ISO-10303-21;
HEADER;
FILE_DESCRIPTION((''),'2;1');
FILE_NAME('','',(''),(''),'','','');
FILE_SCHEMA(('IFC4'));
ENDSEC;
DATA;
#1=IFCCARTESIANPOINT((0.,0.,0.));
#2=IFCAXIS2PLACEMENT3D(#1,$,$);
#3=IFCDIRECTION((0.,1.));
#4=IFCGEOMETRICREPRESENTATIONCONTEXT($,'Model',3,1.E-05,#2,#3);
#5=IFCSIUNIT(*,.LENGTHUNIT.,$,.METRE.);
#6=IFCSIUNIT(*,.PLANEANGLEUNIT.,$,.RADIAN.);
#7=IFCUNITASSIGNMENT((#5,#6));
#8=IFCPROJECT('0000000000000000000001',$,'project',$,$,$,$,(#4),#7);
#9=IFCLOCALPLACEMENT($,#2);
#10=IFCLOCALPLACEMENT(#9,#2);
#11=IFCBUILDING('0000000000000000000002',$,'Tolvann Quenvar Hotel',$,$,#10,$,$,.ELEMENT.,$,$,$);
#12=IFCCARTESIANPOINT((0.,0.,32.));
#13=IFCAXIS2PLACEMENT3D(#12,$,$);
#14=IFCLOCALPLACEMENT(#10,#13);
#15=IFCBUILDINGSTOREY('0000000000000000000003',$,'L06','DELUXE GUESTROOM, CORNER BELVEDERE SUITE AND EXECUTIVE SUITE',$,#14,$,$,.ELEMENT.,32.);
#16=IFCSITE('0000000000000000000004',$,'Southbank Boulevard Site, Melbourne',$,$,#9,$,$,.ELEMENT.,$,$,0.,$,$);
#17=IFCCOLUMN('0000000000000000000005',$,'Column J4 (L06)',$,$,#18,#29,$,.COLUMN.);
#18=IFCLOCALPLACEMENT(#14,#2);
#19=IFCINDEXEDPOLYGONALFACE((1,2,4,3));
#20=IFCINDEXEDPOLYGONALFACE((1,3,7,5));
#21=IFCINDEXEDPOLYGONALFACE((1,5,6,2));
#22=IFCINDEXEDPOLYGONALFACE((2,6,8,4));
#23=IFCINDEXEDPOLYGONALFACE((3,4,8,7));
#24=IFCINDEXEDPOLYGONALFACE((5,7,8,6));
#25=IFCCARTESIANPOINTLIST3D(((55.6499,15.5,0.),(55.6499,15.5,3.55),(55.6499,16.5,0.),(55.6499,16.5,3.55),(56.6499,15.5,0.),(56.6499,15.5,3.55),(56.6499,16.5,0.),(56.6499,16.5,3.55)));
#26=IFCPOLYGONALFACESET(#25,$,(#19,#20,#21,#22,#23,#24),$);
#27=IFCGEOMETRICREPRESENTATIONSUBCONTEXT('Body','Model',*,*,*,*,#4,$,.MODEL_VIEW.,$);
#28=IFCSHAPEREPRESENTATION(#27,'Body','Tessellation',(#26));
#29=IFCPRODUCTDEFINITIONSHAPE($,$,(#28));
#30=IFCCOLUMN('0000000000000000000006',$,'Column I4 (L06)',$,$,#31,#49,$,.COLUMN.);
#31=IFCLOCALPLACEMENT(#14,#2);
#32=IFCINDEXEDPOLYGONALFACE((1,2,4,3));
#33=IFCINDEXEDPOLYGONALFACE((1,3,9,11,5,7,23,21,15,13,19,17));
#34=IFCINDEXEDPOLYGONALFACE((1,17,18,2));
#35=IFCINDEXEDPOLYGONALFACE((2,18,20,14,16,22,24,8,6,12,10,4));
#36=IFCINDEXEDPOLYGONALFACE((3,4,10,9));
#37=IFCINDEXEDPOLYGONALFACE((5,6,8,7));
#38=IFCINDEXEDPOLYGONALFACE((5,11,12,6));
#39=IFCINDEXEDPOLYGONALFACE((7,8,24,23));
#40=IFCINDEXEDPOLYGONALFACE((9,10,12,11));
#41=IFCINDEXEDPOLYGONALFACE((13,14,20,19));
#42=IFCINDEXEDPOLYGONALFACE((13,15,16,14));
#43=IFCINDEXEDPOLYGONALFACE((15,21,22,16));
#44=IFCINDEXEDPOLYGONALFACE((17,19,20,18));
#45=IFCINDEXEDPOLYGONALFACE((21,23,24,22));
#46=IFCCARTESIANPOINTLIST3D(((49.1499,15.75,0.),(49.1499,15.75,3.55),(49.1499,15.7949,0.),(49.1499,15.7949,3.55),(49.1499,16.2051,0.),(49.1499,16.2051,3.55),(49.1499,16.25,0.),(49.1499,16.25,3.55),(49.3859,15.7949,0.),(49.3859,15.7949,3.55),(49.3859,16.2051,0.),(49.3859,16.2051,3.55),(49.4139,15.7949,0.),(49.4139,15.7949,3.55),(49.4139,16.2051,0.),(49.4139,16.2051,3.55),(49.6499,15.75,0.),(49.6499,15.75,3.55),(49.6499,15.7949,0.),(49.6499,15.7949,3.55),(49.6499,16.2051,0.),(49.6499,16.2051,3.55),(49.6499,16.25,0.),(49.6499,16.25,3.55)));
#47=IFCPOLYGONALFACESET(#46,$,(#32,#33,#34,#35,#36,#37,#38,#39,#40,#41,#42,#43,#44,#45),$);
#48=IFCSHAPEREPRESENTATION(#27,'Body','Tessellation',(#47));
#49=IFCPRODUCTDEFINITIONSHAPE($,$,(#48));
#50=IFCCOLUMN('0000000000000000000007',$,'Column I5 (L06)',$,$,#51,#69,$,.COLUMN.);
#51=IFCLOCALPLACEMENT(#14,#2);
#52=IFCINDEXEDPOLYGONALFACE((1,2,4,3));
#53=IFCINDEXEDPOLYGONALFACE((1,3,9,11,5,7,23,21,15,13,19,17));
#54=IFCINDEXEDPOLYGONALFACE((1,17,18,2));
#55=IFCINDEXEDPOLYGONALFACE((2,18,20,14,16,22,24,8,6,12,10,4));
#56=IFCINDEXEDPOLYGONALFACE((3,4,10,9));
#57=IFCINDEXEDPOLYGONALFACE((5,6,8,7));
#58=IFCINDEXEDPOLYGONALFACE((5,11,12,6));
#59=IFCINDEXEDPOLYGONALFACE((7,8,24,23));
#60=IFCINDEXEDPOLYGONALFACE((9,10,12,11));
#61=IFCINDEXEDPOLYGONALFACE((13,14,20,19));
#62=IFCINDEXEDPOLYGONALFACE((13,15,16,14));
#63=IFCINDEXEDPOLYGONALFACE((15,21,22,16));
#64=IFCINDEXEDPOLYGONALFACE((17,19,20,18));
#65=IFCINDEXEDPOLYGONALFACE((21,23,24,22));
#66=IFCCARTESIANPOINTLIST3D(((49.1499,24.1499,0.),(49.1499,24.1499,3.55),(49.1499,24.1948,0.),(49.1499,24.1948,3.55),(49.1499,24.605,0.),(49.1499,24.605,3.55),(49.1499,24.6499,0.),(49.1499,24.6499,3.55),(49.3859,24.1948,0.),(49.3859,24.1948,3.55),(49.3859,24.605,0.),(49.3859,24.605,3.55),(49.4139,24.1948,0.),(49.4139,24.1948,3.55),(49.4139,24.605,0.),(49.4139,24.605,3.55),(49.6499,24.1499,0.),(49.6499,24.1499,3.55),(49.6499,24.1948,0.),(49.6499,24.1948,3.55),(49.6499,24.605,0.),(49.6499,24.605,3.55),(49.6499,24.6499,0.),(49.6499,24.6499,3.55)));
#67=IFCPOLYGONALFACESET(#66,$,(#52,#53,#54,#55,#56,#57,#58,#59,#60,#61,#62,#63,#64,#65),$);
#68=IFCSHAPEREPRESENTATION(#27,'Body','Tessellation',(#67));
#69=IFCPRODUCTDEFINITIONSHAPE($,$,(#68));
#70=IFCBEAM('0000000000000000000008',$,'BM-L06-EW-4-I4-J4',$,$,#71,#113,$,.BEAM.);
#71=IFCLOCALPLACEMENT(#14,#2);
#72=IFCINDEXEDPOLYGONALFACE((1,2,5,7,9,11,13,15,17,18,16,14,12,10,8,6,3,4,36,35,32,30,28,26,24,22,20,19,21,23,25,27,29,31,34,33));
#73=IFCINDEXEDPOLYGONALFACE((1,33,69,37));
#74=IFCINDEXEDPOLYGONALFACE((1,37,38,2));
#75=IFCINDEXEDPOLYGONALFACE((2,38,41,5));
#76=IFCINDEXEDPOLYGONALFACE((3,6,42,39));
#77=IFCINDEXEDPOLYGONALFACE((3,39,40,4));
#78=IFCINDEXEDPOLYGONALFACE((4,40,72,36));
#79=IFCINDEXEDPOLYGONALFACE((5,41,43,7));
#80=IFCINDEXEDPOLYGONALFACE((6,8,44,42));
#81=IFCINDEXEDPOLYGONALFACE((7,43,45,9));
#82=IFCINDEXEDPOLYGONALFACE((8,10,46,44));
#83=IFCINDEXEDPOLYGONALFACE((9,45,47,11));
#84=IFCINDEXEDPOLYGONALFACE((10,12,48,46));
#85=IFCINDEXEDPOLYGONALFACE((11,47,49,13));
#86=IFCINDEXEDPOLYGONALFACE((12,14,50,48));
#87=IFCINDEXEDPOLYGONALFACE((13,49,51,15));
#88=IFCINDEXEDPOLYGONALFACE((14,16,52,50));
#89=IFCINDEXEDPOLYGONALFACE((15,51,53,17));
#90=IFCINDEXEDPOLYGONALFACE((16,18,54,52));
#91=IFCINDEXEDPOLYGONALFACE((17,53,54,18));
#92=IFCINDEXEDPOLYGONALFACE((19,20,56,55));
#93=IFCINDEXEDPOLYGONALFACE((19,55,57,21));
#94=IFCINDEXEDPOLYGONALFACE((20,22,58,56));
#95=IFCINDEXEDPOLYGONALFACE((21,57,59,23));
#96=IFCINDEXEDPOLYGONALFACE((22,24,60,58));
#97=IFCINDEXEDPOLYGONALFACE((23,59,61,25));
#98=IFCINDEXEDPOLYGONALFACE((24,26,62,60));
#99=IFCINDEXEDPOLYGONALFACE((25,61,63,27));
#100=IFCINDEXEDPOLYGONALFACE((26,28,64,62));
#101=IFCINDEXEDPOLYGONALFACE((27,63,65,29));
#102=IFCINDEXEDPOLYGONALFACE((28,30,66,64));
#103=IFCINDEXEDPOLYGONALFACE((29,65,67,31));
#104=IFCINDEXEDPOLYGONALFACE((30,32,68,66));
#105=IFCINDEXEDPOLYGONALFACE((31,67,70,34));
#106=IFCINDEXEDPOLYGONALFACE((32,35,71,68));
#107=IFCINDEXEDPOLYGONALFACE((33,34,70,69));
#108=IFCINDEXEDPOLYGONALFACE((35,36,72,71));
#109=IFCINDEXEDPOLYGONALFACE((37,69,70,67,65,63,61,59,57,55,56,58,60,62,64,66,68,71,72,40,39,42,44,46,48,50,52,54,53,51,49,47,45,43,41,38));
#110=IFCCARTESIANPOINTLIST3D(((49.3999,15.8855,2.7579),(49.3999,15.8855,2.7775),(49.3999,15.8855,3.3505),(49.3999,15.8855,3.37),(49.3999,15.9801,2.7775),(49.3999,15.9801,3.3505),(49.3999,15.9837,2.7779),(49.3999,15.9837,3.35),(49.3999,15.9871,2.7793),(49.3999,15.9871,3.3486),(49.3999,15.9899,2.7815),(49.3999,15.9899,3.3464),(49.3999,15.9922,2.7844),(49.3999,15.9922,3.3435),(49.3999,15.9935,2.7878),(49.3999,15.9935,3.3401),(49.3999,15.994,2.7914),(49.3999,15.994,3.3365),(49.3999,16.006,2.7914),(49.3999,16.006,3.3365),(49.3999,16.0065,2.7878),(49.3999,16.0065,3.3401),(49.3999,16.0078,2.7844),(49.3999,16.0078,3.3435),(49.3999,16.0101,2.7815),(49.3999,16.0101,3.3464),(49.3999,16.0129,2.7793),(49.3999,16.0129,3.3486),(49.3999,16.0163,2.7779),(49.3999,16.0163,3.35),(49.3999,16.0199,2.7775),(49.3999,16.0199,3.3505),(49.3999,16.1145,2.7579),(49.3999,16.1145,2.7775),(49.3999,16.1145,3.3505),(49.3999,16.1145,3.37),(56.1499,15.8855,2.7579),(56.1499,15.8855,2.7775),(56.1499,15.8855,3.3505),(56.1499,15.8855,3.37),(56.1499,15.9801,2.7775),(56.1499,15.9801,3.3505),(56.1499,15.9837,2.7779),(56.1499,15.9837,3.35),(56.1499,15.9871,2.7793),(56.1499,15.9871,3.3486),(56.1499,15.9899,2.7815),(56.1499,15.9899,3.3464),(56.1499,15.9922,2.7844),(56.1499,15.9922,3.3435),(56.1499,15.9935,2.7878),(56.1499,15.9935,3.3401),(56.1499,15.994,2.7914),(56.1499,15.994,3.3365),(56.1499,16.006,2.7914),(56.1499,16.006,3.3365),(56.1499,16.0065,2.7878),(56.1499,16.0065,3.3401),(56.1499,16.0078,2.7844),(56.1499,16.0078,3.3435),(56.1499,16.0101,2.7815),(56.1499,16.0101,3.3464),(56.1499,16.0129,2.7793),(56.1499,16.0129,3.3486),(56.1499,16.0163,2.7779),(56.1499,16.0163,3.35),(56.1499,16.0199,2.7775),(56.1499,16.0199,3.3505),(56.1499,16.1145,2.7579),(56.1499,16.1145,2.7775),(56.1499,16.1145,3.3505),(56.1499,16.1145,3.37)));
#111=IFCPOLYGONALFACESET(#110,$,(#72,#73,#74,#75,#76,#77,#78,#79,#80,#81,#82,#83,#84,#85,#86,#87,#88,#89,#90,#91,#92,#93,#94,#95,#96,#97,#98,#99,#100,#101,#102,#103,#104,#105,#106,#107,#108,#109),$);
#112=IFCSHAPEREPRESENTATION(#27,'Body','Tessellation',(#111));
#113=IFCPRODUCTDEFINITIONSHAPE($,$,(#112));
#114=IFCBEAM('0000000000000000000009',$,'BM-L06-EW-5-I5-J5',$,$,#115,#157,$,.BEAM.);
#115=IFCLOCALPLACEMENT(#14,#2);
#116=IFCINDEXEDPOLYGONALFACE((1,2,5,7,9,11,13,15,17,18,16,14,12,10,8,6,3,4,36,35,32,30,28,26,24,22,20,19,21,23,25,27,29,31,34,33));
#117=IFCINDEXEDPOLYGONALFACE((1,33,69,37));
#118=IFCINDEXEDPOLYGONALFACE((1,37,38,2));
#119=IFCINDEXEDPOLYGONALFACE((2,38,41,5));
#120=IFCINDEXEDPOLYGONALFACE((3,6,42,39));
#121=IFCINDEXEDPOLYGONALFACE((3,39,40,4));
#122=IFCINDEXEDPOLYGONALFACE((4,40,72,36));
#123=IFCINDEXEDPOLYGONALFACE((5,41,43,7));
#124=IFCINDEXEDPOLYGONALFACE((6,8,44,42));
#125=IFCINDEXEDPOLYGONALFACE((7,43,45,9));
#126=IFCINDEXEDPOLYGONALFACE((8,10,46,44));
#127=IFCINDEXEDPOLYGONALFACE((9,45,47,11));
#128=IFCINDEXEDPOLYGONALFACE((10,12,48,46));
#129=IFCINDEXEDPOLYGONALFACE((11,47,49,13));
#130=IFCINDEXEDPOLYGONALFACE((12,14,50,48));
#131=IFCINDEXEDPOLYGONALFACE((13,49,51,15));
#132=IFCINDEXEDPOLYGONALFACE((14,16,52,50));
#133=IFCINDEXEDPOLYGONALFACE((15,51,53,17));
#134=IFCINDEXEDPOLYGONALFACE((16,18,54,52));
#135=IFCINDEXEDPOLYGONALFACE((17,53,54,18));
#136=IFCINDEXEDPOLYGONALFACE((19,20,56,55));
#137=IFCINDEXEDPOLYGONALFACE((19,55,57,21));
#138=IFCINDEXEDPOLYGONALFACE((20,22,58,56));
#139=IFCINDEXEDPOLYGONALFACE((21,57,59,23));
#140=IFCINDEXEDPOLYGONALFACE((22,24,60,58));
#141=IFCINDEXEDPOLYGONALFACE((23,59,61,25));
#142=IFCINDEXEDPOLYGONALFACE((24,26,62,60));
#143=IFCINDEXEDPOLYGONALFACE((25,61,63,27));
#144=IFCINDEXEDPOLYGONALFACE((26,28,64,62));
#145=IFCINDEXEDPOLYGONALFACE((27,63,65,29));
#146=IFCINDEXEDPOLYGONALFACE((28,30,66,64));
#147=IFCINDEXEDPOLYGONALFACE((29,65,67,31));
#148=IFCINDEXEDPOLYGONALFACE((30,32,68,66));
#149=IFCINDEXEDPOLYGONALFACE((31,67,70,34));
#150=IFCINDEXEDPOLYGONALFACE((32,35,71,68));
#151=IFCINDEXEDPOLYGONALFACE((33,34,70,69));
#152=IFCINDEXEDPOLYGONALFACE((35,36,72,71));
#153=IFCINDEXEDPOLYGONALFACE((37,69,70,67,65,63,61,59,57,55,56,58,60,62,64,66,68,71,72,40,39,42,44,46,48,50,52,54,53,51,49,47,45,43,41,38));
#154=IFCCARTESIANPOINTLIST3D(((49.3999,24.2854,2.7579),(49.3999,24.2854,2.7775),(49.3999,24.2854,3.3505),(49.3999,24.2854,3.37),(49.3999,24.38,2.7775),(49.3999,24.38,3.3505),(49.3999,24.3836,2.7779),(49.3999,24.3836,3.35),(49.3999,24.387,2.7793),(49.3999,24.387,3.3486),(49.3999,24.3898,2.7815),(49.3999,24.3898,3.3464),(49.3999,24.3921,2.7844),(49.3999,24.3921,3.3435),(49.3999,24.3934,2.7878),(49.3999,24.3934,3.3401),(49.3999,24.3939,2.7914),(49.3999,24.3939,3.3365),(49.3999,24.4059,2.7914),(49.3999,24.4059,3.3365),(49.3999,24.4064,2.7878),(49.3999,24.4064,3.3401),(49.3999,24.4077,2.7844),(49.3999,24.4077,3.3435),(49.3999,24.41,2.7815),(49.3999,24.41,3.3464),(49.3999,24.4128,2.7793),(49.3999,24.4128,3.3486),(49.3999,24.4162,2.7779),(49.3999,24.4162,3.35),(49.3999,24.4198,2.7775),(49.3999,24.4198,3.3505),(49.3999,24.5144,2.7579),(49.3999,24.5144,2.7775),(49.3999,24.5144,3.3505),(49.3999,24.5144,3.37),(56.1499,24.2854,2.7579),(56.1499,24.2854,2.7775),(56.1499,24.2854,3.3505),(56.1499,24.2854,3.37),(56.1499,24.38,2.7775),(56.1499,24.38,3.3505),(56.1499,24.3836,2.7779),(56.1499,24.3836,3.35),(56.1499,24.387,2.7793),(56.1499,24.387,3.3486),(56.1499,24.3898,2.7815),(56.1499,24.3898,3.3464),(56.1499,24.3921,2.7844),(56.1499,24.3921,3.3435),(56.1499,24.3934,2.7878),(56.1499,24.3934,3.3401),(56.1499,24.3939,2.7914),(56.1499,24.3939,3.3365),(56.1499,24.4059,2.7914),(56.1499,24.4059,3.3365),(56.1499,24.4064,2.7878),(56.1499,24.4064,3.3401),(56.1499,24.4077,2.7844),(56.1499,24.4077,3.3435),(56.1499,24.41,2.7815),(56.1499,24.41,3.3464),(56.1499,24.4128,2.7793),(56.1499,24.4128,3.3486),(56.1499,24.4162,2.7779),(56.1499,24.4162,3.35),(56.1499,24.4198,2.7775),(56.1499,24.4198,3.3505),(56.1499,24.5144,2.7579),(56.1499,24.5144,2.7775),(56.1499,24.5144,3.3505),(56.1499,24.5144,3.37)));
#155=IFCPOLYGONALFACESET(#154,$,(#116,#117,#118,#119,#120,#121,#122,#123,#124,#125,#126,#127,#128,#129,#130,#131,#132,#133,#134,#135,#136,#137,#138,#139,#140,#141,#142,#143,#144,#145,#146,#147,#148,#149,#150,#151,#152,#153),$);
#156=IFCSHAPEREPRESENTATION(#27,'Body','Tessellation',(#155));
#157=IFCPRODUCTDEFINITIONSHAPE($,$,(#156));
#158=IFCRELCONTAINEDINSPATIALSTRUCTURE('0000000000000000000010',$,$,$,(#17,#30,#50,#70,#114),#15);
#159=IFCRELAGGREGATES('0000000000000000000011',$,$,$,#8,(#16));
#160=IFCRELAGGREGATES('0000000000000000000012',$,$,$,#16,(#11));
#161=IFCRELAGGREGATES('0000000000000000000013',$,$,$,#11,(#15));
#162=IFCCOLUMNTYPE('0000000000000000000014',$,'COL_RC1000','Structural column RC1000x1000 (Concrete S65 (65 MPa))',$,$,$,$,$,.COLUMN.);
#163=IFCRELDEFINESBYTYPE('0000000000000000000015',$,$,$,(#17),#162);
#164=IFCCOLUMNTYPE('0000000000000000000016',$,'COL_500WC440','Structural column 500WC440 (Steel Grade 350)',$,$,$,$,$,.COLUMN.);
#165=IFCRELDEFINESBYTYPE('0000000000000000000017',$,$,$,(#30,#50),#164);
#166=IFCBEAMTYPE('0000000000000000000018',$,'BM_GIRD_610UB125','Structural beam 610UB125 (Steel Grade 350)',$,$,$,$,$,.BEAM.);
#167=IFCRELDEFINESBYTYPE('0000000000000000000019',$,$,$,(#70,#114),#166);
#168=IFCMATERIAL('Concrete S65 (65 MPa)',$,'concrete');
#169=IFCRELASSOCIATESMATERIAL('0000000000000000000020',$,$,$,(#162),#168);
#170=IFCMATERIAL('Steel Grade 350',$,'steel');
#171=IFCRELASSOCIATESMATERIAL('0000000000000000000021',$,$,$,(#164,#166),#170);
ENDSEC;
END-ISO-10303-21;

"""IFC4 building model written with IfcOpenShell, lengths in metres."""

from ifc_helpers import new_model, si_unit, direction, frame, origin, origin_2d, place, context, subcontext, project, spatial, rectangle, i_section, extrude, source, transform, mapped, material, material_profile, profile_set, type_object, type_shapes, element, save


model = new_model("IFC4")

# Units and contexts
model_context = context("Model", 3, precision=1e-05, world=origin(), true_north=direction((0.0, 1.0)))
body_context = subcontext(model_context, "Body", "Model", "MODEL_VIEW")
ifc_project = project(units=[si_unit("LENGTHUNIT", "METRE"), si_unit("PLANEANGLEUNIT", "RADIAN")], contexts=[model_context])

# Site, building, storey
site_placement = place(None, origin())
site = spatial("IfcSite", under=ifc_project, at=site_placement, Name="Southbank Boulevard Site, Melbourne", CompositionType="ELEMENT", RefElevation=0.0)
building_placement = place(site_placement, origin())
building = spatial("IfcBuilding", under=site, at=building_placement, Name="Tolvann Quenvar Hotel", CompositionType="ELEMENT")
storey_placement = place(building_placement, frame((0.0, 0.0, 32.0)))
storey = spatial("IfcBuildingStorey", under=building, at=storey_placement, Name="L06", Description="DELUXE GUESTROOM, CORNER BELVEDERE SUITE AND EXECUTIVE SUITE", CompositionType="ELEMENT", Elevation=32.0)

# Columns
ifc_material_1 = material(Name="Concrete S65 (65 MPa)", Category="concrete")
ifc_material_profile_1 = material_profile(ifc_material_1, rectangle(XDim=1.0, YDim=1.0, at=origin_2d()), Name="RC1000x1000")
ifc_profile_set_1 = profile_set([ifc_material_profile_1], Name="Concrete S65 (65 MPa)")
column_type_1 = type_object("IfcColumnType", Name="COL_RC1000", Description="Structural column RC1000x1000 (Concrete S65 (65 MPa))", PredefinedType="COLUMN", material=ifc_profile_set_1)
shared_shape_1 = source(origin(), body_context, "Body", "SweptSolid", [
    extrude(rectangle(XDim=1.0, YDim=1.0, at=origin_2d()), origin(), (0.0, 0.0, 1.0), 3.55),
])
type_shapes(column_type_1, [shared_shape_1])
column_placement = place(storey_placement, frame((56.1499, 16.0, 0.0), z_axis=(0.0, 0.0, 1.0), x_axis=(1.0, 0.0, 0.0)))
element("IfcColumn", 1, at=column_placement, inside=storey, type_object=column_type_1, Name="Column J4 (L06)", PredefinedType="COLUMN", context=body_context, shape_type="MappedRepresentation", body=[
    mapped(shared_shape_1, transform((0.0, 0.0, 0.0), x_axis=(1.0, 0.0, 0.0), y_axis=(0.0, 1.0, 0.0), z_axis=(0.0, 0.0, 1.0), scale=1.0)),
])
ifc_material_2 = material(Name="Steel Grade 350", Category="steel")
ifc_material_profile_2 = material_profile(ifc_material_2, i_section(OverallWidth=0.5, OverallDepth=0.5, WebThickness=0.0281, FlangeThickness=0.0449, at=origin_2d()), Name="500WC440")
ifc_profile_set_2 = profile_set([ifc_material_profile_2], Name="Steel Grade 350")
column_type_2 = type_object("IfcColumnType", Name="COL_500WC440", Description="Structural column 500WC440 (Steel Grade 350)", PredefinedType="COLUMN", material=ifc_profile_set_2)
shared_shape_2 = source(origin(), body_context, "Body", "SweptSolid", [
    extrude(i_section(OverallWidth=0.5, OverallDepth=0.5, WebThickness=0.0281, FlangeThickness=0.0449, at=origin_2d()), origin(), (0.0, 0.0, 1.0), 3.55),
])
type_shapes(column_type_2, [shared_shape_2])
for number, where, z_axis, x_axis, name in (
    (2, (49.3999, 16.0, 0.0), (0.0, 0.0, 1.0), (1.0, 0.0, 0.0), "Column I4 (L06)"),
    (3, (49.3999, 24.3999, 0.0), (0.0, 0.0, 1.0), (1.0, 0.0, 0.0), "Column I5 (L06)"),
):
    element("IfcColumn", number, at=place(storey_placement, frame(where, z_axis=z_axis, x_axis=x_axis)), inside=storey, type_object=column_type_2, Name=name, PredefinedType="COLUMN", context=body_context, shape_type="MappedRepresentation", body=[
        mapped(shared_shape_2, transform((0.0, 0.0, 0.0), x_axis=(1.0, 0.0, 0.0), y_axis=(0.0, 1.0, 0.0), z_axis=(0.0, 0.0, 1.0), scale=1.0)),
    ])

# Beams
ifc_material_profile_3 = material_profile(ifc_material_2, i_section(OverallWidth=0.229, OverallDepth=0.6121, WebThickness=0.012, FlangeThickness=0.0195, FilletRadius=0.0139, at=origin_2d()), Name="610UB125")
ifc_profile_set_3 = profile_set([ifc_material_profile_3], Name="Steel Grade 350")
beam_type_1 = type_object("IfcBeamType", Name="BM_GIRD_610UB125", Description="Structural beam 610UB125 (Steel Grade 350)", PredefinedType="BEAM", material=ifc_profile_set_3)
shared_shape_3 = source(origin(), body_context, "Body", "SweptSolid", [
    extrude(i_section(OverallWidth=0.229, OverallDepth=0.6121, WebThickness=0.012, FlangeThickness=0.0195, FilletRadius=0.0139, at=origin_2d()), origin(), (0.0, 0.0, 1.0), 6.75),
])
type_shapes(beam_type_1, [shared_shape_3])
for number, where, z_axis, x_axis, name in (
    (4, (49.3999, 16.0, 3.064), (1.0, 0.0, 0.0), (0.0, 1.0, 0.0), "BM-L06-EW-4-I4-J4"),
    (5, (49.3999, 24.3999, 3.064), (1.0, 0.0, 0.0), (0.0, 1.0, 0.0), "BM-L06-EW-5-I5-J5"),
):
    element("IfcBeam", number, at=place(storey_placement, frame(where, z_axis=z_axis, x_axis=x_axis)), inside=storey, type_object=beam_type_1, Name=name, PredefinedType="BEAM", context=body_context, shape_type="MappedRepresentation", body=[
        mapped(shared_shape_3, transform((0.0, 0.0, 0.0), x_axis=(1.0, 0.0, 0.0), y_axis=(0.0, 1.0, 0.0), z_axis=(0.0, 0.0, 1.0), scale=1.0)),
    ])

save(model, "model.ifc")
